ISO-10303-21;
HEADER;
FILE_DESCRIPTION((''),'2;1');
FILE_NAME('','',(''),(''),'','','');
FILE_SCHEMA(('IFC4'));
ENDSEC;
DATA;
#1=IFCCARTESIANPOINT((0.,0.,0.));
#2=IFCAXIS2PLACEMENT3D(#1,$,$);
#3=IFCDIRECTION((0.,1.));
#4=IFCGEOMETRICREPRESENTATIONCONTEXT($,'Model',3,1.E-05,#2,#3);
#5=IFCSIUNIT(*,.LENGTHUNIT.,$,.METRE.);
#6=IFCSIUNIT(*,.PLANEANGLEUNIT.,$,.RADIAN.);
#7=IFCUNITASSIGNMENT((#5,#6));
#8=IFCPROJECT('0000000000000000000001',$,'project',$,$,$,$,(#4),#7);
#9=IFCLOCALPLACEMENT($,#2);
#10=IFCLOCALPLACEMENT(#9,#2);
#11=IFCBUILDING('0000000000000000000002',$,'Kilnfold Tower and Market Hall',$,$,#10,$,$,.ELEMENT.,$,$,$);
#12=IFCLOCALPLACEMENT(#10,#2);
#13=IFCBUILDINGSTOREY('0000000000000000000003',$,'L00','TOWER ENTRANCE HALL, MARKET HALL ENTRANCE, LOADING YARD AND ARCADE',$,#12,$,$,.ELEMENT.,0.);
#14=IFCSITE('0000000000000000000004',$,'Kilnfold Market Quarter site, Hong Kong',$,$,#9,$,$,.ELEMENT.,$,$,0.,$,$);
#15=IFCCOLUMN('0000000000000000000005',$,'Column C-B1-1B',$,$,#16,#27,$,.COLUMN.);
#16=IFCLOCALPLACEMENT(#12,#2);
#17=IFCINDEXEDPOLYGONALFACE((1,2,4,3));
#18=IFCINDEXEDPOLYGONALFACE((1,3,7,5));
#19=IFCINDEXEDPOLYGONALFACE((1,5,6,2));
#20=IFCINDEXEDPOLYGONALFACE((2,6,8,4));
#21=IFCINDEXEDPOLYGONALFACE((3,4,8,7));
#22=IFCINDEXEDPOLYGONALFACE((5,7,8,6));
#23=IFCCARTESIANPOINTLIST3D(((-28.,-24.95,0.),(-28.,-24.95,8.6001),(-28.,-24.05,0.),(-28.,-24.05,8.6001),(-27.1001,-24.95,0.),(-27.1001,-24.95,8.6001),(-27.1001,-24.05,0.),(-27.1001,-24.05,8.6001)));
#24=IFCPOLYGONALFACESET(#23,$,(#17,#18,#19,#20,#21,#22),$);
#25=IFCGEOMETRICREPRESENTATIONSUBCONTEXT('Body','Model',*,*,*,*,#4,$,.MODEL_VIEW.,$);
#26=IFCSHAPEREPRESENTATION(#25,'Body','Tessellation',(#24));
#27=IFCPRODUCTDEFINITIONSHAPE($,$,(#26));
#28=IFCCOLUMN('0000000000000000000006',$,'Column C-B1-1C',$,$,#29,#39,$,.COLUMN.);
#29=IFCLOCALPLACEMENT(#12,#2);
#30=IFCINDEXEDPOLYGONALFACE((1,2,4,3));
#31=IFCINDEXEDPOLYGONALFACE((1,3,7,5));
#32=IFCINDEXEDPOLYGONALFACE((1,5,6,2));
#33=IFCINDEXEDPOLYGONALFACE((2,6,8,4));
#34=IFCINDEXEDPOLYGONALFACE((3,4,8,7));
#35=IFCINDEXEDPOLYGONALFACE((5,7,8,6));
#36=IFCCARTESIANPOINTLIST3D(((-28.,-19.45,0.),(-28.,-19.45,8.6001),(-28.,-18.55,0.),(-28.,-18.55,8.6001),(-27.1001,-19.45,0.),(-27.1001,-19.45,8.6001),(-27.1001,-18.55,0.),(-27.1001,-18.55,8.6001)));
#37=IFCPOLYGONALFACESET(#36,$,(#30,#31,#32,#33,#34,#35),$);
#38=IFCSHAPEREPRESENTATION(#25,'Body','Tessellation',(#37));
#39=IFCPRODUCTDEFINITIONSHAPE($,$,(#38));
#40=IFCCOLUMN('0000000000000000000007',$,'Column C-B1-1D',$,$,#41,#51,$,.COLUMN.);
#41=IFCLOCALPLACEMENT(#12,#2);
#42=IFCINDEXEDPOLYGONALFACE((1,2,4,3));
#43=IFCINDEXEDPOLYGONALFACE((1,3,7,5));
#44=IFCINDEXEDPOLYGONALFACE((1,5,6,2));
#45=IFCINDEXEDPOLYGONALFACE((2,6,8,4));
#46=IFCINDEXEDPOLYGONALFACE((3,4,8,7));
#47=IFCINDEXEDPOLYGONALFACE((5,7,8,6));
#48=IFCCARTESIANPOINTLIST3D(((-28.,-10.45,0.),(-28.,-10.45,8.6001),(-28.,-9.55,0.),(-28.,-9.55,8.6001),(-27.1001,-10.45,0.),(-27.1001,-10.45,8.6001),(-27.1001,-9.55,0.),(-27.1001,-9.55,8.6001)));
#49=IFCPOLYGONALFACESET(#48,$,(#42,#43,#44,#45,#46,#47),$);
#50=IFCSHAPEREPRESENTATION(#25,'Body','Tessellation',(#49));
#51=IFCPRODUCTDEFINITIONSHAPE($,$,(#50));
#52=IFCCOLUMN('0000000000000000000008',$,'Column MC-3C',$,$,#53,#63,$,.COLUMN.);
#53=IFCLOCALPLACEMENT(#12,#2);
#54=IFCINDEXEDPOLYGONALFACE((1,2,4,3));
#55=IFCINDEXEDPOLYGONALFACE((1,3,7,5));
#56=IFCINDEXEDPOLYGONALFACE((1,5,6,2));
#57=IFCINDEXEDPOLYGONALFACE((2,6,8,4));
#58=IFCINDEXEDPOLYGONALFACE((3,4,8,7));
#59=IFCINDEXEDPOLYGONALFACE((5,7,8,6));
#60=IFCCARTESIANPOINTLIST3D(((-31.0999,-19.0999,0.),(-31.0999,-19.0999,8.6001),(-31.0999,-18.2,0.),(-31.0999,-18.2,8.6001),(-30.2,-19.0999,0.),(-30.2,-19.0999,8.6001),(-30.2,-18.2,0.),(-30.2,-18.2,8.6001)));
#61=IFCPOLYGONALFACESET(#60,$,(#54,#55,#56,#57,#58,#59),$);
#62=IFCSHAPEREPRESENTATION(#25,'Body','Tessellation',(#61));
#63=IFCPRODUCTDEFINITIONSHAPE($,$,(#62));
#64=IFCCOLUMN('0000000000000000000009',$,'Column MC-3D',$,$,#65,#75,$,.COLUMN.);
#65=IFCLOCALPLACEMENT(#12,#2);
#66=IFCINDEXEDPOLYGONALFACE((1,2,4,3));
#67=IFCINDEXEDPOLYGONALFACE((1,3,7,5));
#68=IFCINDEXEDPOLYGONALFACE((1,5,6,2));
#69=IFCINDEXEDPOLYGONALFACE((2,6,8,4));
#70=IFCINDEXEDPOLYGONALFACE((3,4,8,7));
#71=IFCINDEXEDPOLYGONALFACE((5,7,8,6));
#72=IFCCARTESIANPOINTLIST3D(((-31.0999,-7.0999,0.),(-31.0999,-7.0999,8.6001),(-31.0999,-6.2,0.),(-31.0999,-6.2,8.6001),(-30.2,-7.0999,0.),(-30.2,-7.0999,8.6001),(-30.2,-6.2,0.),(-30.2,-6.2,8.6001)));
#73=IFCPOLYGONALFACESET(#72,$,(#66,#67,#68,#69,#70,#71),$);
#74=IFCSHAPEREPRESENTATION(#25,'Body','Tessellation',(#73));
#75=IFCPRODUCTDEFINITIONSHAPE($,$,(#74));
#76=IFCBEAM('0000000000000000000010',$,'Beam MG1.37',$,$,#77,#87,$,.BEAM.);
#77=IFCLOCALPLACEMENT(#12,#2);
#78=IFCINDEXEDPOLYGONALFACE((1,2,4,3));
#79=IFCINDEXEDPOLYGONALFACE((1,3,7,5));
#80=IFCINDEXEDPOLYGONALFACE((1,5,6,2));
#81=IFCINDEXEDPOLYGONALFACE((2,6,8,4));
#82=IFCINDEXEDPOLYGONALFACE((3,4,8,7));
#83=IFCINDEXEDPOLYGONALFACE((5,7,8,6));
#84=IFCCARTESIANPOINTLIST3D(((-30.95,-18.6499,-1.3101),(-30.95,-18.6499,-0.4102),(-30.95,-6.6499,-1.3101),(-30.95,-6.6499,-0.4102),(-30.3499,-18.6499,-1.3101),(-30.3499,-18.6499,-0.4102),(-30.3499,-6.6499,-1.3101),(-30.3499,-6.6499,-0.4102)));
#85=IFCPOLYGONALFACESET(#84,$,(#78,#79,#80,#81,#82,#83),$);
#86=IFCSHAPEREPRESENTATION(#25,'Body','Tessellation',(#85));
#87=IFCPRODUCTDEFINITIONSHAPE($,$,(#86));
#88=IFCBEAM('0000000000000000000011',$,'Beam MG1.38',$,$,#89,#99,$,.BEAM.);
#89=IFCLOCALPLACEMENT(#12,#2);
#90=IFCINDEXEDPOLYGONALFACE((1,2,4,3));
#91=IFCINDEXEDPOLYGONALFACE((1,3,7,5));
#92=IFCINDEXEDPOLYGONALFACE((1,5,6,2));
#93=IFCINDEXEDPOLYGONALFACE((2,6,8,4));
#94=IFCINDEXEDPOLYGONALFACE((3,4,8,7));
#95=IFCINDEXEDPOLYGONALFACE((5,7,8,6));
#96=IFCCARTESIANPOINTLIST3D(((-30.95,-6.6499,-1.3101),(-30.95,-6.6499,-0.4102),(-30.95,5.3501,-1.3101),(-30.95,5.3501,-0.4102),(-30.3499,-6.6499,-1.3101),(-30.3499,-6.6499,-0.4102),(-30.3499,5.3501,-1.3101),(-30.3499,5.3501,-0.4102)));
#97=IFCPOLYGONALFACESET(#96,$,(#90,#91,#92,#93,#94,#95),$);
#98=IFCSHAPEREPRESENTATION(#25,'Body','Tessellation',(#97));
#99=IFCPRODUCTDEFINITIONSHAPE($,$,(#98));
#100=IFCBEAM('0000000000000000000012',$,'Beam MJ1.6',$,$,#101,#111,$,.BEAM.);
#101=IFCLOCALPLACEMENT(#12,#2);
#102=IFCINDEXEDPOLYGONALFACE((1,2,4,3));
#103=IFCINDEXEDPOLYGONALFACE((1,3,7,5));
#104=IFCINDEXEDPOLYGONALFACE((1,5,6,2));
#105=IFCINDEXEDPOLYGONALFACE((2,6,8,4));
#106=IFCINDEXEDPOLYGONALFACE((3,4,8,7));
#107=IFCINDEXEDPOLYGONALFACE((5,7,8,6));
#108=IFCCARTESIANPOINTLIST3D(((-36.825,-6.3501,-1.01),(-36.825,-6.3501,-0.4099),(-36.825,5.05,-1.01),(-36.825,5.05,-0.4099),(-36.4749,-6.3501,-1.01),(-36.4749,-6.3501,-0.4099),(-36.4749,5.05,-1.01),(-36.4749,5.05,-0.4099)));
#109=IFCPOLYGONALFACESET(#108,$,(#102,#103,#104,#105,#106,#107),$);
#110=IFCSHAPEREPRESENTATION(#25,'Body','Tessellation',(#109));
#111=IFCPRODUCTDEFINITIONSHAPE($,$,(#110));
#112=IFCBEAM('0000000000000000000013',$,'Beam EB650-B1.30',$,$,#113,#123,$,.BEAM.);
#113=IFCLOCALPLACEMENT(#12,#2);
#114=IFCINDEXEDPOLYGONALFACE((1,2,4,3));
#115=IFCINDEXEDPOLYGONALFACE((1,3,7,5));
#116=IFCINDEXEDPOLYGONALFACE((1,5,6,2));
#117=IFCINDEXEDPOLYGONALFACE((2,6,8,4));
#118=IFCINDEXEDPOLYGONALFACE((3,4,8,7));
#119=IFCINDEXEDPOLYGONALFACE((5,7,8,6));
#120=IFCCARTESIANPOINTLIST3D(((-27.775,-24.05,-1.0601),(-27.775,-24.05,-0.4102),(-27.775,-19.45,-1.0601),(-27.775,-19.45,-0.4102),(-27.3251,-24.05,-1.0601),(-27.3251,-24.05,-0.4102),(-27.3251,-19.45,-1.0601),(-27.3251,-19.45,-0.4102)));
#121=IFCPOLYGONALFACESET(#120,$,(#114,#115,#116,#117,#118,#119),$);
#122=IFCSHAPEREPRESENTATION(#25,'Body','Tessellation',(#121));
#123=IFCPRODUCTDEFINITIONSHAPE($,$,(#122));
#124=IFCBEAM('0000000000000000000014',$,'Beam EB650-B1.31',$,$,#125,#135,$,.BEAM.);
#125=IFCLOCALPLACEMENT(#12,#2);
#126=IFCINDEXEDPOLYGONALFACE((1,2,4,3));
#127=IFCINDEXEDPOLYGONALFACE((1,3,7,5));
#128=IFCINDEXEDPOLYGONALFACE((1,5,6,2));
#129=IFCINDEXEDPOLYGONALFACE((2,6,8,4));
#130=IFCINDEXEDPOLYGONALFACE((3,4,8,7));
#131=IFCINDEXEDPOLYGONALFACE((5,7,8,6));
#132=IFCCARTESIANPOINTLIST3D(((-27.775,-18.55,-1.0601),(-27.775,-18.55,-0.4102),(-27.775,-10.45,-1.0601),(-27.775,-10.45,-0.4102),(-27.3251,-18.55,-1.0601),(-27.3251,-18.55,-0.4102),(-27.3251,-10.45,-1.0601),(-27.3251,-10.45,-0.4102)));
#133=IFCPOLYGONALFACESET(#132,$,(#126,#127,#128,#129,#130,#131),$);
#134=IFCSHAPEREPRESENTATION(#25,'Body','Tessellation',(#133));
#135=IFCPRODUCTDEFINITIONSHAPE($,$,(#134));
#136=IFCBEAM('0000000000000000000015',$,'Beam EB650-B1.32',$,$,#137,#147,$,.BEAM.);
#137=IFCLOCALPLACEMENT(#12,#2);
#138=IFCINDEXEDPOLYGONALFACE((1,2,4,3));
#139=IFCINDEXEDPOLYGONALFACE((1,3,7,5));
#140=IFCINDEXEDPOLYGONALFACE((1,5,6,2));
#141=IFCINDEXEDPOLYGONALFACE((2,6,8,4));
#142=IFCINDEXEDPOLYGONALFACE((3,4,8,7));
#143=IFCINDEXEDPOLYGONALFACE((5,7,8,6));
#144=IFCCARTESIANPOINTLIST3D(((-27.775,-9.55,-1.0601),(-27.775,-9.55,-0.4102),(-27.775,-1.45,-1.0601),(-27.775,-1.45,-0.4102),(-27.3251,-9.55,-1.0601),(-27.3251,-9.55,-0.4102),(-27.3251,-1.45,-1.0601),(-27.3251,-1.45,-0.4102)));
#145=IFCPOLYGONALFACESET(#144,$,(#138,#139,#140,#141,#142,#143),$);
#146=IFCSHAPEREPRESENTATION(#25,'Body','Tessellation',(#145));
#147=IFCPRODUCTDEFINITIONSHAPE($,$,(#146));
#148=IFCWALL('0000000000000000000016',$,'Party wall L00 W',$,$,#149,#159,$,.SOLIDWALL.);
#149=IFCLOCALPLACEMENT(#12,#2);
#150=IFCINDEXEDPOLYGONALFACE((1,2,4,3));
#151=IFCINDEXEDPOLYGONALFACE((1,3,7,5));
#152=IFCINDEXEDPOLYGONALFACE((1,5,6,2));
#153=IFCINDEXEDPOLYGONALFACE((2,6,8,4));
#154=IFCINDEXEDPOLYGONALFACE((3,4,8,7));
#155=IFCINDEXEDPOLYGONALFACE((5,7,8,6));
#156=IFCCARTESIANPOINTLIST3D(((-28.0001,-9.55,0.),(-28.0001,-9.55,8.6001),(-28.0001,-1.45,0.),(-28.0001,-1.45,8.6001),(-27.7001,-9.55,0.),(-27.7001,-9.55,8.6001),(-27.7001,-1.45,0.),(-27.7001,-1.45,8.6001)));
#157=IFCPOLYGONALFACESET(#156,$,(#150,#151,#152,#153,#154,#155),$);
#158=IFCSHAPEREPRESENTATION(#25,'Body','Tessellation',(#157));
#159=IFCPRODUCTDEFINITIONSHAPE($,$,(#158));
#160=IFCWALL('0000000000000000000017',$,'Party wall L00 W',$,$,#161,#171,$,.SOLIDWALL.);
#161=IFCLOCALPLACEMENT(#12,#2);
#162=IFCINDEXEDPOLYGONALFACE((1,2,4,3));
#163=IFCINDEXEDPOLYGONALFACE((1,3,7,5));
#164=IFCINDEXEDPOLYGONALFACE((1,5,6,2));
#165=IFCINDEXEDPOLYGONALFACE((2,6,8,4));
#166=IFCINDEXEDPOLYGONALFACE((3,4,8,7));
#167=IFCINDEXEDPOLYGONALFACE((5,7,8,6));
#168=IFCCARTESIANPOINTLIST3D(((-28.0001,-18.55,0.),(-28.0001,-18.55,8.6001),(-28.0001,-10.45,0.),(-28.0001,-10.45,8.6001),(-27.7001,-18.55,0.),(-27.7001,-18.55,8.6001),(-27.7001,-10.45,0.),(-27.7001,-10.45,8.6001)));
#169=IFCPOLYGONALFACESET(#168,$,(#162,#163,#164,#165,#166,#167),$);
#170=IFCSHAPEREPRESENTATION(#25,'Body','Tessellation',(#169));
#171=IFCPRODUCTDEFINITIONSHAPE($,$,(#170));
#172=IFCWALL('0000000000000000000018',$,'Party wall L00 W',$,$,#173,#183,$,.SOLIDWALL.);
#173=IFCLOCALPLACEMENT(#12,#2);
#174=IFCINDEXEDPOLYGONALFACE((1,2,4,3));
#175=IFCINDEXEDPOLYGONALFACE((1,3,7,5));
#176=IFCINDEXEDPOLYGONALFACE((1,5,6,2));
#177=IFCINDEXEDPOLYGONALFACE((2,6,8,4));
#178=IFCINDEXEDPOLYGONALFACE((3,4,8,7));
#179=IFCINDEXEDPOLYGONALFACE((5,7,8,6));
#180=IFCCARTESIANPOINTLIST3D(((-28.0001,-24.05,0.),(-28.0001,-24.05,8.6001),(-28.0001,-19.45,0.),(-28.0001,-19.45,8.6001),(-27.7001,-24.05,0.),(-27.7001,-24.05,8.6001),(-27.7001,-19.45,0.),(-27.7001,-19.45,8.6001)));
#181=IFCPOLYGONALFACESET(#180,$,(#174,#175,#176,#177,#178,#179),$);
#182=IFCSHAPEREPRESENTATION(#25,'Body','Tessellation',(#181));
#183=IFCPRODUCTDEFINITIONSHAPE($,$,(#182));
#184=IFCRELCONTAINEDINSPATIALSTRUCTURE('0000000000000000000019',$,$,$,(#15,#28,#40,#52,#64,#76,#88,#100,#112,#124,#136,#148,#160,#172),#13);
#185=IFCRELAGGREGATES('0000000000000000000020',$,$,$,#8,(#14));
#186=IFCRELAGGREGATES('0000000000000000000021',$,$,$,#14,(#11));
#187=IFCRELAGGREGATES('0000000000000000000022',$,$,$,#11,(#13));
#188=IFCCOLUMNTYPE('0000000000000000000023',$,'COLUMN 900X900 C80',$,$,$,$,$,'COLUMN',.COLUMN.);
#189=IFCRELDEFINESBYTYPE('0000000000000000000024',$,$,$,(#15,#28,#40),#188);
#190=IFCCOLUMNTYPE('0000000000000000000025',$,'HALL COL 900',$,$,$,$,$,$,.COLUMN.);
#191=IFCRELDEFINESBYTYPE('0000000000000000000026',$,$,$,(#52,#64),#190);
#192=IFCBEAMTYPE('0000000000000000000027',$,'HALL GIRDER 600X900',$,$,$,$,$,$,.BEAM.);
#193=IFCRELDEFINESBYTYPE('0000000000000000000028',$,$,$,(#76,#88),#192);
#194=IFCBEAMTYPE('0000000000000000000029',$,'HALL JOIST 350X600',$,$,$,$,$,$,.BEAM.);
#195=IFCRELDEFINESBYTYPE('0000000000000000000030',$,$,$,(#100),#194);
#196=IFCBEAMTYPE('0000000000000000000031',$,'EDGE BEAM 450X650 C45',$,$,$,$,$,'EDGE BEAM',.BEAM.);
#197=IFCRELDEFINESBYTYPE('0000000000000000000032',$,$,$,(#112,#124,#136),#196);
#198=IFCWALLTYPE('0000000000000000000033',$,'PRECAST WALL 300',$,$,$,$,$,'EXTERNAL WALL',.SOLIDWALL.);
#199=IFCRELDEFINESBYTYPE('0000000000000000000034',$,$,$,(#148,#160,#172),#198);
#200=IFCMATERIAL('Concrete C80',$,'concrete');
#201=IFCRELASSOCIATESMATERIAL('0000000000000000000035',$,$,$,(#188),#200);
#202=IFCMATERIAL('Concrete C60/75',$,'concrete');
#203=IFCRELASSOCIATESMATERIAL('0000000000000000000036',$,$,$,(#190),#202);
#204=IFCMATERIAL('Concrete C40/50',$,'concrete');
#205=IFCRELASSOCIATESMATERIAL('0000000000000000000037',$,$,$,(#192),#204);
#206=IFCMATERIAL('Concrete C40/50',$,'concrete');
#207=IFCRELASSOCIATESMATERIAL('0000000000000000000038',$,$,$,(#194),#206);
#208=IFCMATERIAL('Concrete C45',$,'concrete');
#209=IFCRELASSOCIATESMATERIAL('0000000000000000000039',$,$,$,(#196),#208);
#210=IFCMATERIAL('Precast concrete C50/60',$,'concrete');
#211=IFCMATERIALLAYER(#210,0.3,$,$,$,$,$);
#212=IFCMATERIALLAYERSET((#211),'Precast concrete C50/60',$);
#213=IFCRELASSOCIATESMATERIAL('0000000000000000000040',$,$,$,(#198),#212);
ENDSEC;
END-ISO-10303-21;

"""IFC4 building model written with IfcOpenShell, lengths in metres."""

from ifc_helpers import new_model, si_unit, direction, frame, frame_2d, origin, origin_2d, place, context, subcontext, project, spatial, rectangle, extrude, source, transform, mapped, material, layer, layer_set, material_profile, profile_set, type_object, element, save


model = new_model("IFC4")

# Units and contexts
model_context = context("Model", 3, precision=1e-05, world=origin(), true_north=direction((0.0, 1.0)))
body_context = subcontext(model_context, "Body", "Model", "MODEL_VIEW")
ifc_project = project(units=[si_unit("LENGTHUNIT", "METRE"), si_unit("PLANEANGLEUNIT", "RADIAN")], contexts=[model_context])

# Site, building, storey
site_placement = place(None, origin())
site = spatial("IfcSite", under=ifc_project, at=site_placement, Name="Kilnfold Market Quarter site, Hong Kong", CompositionType="ELEMENT", RefElevation=0.0)
building_placement = place(site_placement, origin())
building = spatial("IfcBuilding", under=site, at=building_placement, Name="Kilnfold Tower and Market Hall", CompositionType="ELEMENT")
storey_placement = place(building_placement, origin())
storey = spatial("IfcBuildingStorey", under=building, at=storey_placement, Name="L00", Description="TOWER ENTRANCE HALL, MARKET HALL ENTRANCE, LOADING YARD AND ARCADE", CompositionType="ELEMENT", Elevation=0.0)

# Columns
ifc_material_1 = material(Name="Concrete C80", Category="concrete")
ifc_material_profile_1 = material_profile(ifc_material_1, rectangle(XDim=0.8999, YDim=0.8999, at=origin_2d()), Name="RC 900x900")
ifc_profile_set_1 = profile_set([ifc_material_profile_1], Name="Concrete C80")
column_type_1 = type_object("IfcColumnType", Name="COLUMN 900X900 C80", ElementType="COLUMN", PredefinedType="COLUMN", material=ifc_profile_set_1)
shared_shape_1 = source(origin(), body_context, "Body", "SweptSolid", [
    extrude(rectangle(XDim=0.8999, YDim=0.8999, at=origin_2d()), origin(), (0.0, 0.0, 1.0), 8.6001),
])
for number, where, z_axis, x_axis, name in (
    (1, (-27.55, -24.5, 0.0), (0.0, 0.0, 1.0), (1.0, 0.0, 0.0), "Column C-B1-1B"),
    (2, (-27.55, -19.0, 0.0), (0.0, 0.0, 1.0), (1.0, 0.0, 0.0), "Column C-B1-1C"),
    (3, (-27.55, -10.0, 0.0), (0.0, 0.0, 1.0), (1.0, 0.0, 0.0), "Column C-B1-1D"),
):
    element("IfcColumn", number, at=place(storey_placement, frame(where, z_axis=z_axis, x_axis=x_axis)), inside=storey, type_object=column_type_1, Name=name, PredefinedType="COLUMN", context=body_context, shape_type="MappedRepresentation", body=[
        mapped(shared_shape_1, transform((0.0, 0.0, 0.0))),
    ])
ifc_material_2 = material(Name="Concrete C60/75", Category="concrete")
ifc_material_profile_2 = material_profile(ifc_material_2, rectangle(XDim=0.8999, YDim=0.8999, at=origin_2d()), Name="RC 900x900")
ifc_profile_set_2 = profile_set([ifc_material_profile_2], Name="Concrete C60/75")
column_type_2 = type_object("IfcColumnType", Name="HALL COL 900", PredefinedType="COLUMN", material=ifc_profile_set_2)
shared_shape_2 = source(origin(), body_context, "Body", "SweptSolid", [
    extrude(rectangle(XDim=0.8999, YDim=0.8999, at=origin_2d()), origin(), (0.0, 0.0, 1.0), 8.6001),
])
for number, where, z_axis, x_axis, name in (
    (4, (-30.6499, -18.6499, 0.0), (0.0, 0.0, 1.0), (1.0, 0.0, 0.0), "Column MC-3C"),
    (5, (-30.6499, -6.6499, 0.0), (0.0, 0.0, 1.0), (1.0, 0.0, 0.0), "Column MC-3D"),
):
    element("IfcColumn", number, at=place(storey_placement, frame(where, z_axis=z_axis, x_axis=x_axis)), inside=storey, type_object=column_type_2, Name=name, PredefinedType="COLUMN", context=body_context, shape_type="MappedRepresentation", body=[
        mapped(shared_shape_2, transform((0.0, 0.0, 0.0))),
    ])

# Beams
ifc_material_3 = material(Name="Concrete C40/50", Category="concrete")
ifc_material_profile_3 = material_profile(ifc_material_3, rectangle(XDim=0.6001, YDim=0.8999, at=origin_2d()), Name="RC 600x900")
ifc_profile_set_3 = profile_set([ifc_material_profile_3], Name="Concrete C40/50")
beam_type_1 = type_object("IfcBeamType", Name="HALL GIRDER 600X900", PredefinedType="BEAM", material=ifc_profile_set_3)
for number, where, z_axis, x_axis, name in (
    (6, (-30.6499, -18.6499, -0.8601), (0.0, 1.0, 0.0), (-1.0, 0.0, 0.0), "Beam MG1.37"),
    (7, (-30.6499, -6.6499, -0.8601), (0.0, 1.0, 0.0), (-1.0, 0.0, 0.0), "Beam MG1.38"),
):
    element("IfcBeam", number, at=place(storey_placement, frame(where, z_axis=z_axis, x_axis=x_axis)), inside=storey, type_object=beam_type_1, Name=name, PredefinedType="BEAM", context=body_context, shape_type="SweptSolid", body=[
        extrude(rectangle(XDim=0.6001, YDim=0.8999, at=origin_2d()), origin(), (0.0, 0.0, 1.0), 12.0),
    ])
ifc_material_4 = material(Name="Concrete C40/50", Category="concrete")
ifc_material_profile_4 = material_profile(ifc_material_4, rectangle(XDim=0.3501, YDim=0.6001, at=origin_2d()), Name="RC 350x600")
ifc_profile_set_4 = profile_set([ifc_material_profile_4], Name="Concrete C40/50")
beam_type_2 = type_object("IfcBeamType", Name="HALL JOIST 350X600", PredefinedType="BEAM", material=ifc_profile_set_4)
beam_1_placement = place(storey_placement, frame((-36.6499, -6.3501, -0.71), z_axis=(0.0, 1.0, 0.0), x_axis=(-1.0, 0.0, 0.0)))
element("IfcBeam", 8, at=beam_1_placement, inside=storey, type_object=beam_type_2, Name="Beam MJ1.6", PredefinedType="BEAM", context=body_context, shape_type="SweptSolid", body=[
    extrude(rectangle(XDim=0.3501, YDim=0.6001, at=origin_2d()), origin(), (0.0, 0.0, 1.0), 11.4001),
])
ifc_material_5 = material(Name="Concrete C45", Category="concrete")
ifc_material_profile_5 = material_profile(ifc_material_5, rectangle(XDim=0.45, YDim=0.6499, at=origin_2d()), Name="RC 450x650")
ifc_profile_set_5 = profile_set([ifc_material_profile_5], Name="Concrete C45")
beam_type_3 = type_object("IfcBeamType", Name="EDGE BEAM 450X650 C45", ElementType="EDGE BEAM", PredefinedType="BEAM", material=ifc_profile_set_5)
shared_shape_3 = source(origin(), body_context, "Body", "SweptSolid", [
    extrude(rectangle(XDim=0.45, YDim=0.6499, at=origin_2d()), origin(), (0.0, 0.0, 1.0), 4.6001),
])
beam_2_placement = place(storey_placement, frame((-27.55, -24.05, -0.7351), z_axis=(0.0, 1.0, 0.0), x_axis=(-1.0, 0.0, 0.0)))
element("IfcBeam", 9, at=beam_2_placement, inside=storey, type_object=beam_type_3, Name="Beam EB650-B1.30", PredefinedType="BEAM", context=body_context, shape_type="MappedRepresentation", body=[
    mapped(shared_shape_3, transform((0.0, 0.0, 0.0))),
])
shared_shape_4 = source(origin(), body_context, "Body", "SweptSolid", [
    extrude(rectangle(XDim=0.45, YDim=0.6499, at=origin_2d()), origin(), (0.0, 0.0, 1.0), 8.1001),
])
for number, where, z_axis, x_axis, name in (
    (10, (-27.55, -18.55, -0.7351), (0.0, 1.0, 0.0), (-1.0, 0.0, 0.0), "Beam EB650-B1.31"),
    (11, (-27.55, -9.55, -0.7351), (0.0, 1.0, 0.0), (-1.0, 0.0, 0.0), "Beam EB650-B1.32"),
):
    element("IfcBeam", number, at=place(storey_placement, frame(where, z_axis=z_axis, x_axis=x_axis)), inside=storey, type_object=beam_type_3, Name=name, PredefinedType="BEAM", context=body_context, shape_type="MappedRepresentation", body=[
        mapped(shared_shape_4, transform((0.0, 0.0, 0.0))),
    ])

# Walls
ifc_material_6 = material(Name="Precast concrete C50/60", Category="concrete")
ifc_layer_1 = layer(ifc_material_6, 0.3)
ifc_layer_set_1 = layer_set([ifc_layer_1], Name="Precast concrete C50/60")
wall_type_1 = type_object("IfcWallType", Name="PRECAST WALL 300", ElementType="EXTERNAL WALL", PredefinedType="SOLIDWALL", material=ifc_layer_set_1)
shared_shape_5 = source(origin(), body_context, "Body", "SweptSolid", [
    extrude(rectangle(XDim=8.1001, YDim=0.3, at=frame_2d((4.05, 0.0))), origin(), (0.0, 0.0, 1.0), 8.6001),
])
for number, where, z_axis, x_axis, name in (
    (12, (-27.8501, -1.45, 0.0), (0.0, 0.0, 1.0), (0.0, -1.0, 0.0), "Party wall L00 W"),
    (13, (-27.8501, -10.45, 0.0), (0.0, 0.0, 1.0), (0.0, -1.0, 0.0), "Party wall L00 W"),
):
    element("IfcWall", number, at=place(storey_placement, frame(where, z_axis=z_axis, x_axis=x_axis)), inside=storey, type_object=wall_type_1, Name=name, PredefinedType="SOLIDWALL", context=body_context, shape_type="MappedRepresentation", body=[
        mapped(shared_shape_5, transform((0.0, 0.0, 0.0))),
    ])
shared_shape_6 = source(origin(), body_context, "Body", "SweptSolid", [
    extrude(rectangle(XDim=4.6001, YDim=0.3, at=frame_2d((2.3, 0.0))), origin(), (0.0, 0.0, 1.0), 8.6001),
])
wall_1_placement = place(storey_placement, frame((-27.8501, -19.45, 0.0), z_axis=(0.0, 0.0, 1.0), x_axis=(0.0, -1.0, 0.0)))
element("IfcWall", 14, at=wall_1_placement, inside=storey, type_object=wall_type_1, Name="Party wall L00 W", PredefinedType="SOLIDWALL", context=body_context, shape_type="MappedRepresentation", body=[
    mapped(shared_shape_6, transform((0.0, 0.0, 0.0))),
])

save(model, "model.ifc")
